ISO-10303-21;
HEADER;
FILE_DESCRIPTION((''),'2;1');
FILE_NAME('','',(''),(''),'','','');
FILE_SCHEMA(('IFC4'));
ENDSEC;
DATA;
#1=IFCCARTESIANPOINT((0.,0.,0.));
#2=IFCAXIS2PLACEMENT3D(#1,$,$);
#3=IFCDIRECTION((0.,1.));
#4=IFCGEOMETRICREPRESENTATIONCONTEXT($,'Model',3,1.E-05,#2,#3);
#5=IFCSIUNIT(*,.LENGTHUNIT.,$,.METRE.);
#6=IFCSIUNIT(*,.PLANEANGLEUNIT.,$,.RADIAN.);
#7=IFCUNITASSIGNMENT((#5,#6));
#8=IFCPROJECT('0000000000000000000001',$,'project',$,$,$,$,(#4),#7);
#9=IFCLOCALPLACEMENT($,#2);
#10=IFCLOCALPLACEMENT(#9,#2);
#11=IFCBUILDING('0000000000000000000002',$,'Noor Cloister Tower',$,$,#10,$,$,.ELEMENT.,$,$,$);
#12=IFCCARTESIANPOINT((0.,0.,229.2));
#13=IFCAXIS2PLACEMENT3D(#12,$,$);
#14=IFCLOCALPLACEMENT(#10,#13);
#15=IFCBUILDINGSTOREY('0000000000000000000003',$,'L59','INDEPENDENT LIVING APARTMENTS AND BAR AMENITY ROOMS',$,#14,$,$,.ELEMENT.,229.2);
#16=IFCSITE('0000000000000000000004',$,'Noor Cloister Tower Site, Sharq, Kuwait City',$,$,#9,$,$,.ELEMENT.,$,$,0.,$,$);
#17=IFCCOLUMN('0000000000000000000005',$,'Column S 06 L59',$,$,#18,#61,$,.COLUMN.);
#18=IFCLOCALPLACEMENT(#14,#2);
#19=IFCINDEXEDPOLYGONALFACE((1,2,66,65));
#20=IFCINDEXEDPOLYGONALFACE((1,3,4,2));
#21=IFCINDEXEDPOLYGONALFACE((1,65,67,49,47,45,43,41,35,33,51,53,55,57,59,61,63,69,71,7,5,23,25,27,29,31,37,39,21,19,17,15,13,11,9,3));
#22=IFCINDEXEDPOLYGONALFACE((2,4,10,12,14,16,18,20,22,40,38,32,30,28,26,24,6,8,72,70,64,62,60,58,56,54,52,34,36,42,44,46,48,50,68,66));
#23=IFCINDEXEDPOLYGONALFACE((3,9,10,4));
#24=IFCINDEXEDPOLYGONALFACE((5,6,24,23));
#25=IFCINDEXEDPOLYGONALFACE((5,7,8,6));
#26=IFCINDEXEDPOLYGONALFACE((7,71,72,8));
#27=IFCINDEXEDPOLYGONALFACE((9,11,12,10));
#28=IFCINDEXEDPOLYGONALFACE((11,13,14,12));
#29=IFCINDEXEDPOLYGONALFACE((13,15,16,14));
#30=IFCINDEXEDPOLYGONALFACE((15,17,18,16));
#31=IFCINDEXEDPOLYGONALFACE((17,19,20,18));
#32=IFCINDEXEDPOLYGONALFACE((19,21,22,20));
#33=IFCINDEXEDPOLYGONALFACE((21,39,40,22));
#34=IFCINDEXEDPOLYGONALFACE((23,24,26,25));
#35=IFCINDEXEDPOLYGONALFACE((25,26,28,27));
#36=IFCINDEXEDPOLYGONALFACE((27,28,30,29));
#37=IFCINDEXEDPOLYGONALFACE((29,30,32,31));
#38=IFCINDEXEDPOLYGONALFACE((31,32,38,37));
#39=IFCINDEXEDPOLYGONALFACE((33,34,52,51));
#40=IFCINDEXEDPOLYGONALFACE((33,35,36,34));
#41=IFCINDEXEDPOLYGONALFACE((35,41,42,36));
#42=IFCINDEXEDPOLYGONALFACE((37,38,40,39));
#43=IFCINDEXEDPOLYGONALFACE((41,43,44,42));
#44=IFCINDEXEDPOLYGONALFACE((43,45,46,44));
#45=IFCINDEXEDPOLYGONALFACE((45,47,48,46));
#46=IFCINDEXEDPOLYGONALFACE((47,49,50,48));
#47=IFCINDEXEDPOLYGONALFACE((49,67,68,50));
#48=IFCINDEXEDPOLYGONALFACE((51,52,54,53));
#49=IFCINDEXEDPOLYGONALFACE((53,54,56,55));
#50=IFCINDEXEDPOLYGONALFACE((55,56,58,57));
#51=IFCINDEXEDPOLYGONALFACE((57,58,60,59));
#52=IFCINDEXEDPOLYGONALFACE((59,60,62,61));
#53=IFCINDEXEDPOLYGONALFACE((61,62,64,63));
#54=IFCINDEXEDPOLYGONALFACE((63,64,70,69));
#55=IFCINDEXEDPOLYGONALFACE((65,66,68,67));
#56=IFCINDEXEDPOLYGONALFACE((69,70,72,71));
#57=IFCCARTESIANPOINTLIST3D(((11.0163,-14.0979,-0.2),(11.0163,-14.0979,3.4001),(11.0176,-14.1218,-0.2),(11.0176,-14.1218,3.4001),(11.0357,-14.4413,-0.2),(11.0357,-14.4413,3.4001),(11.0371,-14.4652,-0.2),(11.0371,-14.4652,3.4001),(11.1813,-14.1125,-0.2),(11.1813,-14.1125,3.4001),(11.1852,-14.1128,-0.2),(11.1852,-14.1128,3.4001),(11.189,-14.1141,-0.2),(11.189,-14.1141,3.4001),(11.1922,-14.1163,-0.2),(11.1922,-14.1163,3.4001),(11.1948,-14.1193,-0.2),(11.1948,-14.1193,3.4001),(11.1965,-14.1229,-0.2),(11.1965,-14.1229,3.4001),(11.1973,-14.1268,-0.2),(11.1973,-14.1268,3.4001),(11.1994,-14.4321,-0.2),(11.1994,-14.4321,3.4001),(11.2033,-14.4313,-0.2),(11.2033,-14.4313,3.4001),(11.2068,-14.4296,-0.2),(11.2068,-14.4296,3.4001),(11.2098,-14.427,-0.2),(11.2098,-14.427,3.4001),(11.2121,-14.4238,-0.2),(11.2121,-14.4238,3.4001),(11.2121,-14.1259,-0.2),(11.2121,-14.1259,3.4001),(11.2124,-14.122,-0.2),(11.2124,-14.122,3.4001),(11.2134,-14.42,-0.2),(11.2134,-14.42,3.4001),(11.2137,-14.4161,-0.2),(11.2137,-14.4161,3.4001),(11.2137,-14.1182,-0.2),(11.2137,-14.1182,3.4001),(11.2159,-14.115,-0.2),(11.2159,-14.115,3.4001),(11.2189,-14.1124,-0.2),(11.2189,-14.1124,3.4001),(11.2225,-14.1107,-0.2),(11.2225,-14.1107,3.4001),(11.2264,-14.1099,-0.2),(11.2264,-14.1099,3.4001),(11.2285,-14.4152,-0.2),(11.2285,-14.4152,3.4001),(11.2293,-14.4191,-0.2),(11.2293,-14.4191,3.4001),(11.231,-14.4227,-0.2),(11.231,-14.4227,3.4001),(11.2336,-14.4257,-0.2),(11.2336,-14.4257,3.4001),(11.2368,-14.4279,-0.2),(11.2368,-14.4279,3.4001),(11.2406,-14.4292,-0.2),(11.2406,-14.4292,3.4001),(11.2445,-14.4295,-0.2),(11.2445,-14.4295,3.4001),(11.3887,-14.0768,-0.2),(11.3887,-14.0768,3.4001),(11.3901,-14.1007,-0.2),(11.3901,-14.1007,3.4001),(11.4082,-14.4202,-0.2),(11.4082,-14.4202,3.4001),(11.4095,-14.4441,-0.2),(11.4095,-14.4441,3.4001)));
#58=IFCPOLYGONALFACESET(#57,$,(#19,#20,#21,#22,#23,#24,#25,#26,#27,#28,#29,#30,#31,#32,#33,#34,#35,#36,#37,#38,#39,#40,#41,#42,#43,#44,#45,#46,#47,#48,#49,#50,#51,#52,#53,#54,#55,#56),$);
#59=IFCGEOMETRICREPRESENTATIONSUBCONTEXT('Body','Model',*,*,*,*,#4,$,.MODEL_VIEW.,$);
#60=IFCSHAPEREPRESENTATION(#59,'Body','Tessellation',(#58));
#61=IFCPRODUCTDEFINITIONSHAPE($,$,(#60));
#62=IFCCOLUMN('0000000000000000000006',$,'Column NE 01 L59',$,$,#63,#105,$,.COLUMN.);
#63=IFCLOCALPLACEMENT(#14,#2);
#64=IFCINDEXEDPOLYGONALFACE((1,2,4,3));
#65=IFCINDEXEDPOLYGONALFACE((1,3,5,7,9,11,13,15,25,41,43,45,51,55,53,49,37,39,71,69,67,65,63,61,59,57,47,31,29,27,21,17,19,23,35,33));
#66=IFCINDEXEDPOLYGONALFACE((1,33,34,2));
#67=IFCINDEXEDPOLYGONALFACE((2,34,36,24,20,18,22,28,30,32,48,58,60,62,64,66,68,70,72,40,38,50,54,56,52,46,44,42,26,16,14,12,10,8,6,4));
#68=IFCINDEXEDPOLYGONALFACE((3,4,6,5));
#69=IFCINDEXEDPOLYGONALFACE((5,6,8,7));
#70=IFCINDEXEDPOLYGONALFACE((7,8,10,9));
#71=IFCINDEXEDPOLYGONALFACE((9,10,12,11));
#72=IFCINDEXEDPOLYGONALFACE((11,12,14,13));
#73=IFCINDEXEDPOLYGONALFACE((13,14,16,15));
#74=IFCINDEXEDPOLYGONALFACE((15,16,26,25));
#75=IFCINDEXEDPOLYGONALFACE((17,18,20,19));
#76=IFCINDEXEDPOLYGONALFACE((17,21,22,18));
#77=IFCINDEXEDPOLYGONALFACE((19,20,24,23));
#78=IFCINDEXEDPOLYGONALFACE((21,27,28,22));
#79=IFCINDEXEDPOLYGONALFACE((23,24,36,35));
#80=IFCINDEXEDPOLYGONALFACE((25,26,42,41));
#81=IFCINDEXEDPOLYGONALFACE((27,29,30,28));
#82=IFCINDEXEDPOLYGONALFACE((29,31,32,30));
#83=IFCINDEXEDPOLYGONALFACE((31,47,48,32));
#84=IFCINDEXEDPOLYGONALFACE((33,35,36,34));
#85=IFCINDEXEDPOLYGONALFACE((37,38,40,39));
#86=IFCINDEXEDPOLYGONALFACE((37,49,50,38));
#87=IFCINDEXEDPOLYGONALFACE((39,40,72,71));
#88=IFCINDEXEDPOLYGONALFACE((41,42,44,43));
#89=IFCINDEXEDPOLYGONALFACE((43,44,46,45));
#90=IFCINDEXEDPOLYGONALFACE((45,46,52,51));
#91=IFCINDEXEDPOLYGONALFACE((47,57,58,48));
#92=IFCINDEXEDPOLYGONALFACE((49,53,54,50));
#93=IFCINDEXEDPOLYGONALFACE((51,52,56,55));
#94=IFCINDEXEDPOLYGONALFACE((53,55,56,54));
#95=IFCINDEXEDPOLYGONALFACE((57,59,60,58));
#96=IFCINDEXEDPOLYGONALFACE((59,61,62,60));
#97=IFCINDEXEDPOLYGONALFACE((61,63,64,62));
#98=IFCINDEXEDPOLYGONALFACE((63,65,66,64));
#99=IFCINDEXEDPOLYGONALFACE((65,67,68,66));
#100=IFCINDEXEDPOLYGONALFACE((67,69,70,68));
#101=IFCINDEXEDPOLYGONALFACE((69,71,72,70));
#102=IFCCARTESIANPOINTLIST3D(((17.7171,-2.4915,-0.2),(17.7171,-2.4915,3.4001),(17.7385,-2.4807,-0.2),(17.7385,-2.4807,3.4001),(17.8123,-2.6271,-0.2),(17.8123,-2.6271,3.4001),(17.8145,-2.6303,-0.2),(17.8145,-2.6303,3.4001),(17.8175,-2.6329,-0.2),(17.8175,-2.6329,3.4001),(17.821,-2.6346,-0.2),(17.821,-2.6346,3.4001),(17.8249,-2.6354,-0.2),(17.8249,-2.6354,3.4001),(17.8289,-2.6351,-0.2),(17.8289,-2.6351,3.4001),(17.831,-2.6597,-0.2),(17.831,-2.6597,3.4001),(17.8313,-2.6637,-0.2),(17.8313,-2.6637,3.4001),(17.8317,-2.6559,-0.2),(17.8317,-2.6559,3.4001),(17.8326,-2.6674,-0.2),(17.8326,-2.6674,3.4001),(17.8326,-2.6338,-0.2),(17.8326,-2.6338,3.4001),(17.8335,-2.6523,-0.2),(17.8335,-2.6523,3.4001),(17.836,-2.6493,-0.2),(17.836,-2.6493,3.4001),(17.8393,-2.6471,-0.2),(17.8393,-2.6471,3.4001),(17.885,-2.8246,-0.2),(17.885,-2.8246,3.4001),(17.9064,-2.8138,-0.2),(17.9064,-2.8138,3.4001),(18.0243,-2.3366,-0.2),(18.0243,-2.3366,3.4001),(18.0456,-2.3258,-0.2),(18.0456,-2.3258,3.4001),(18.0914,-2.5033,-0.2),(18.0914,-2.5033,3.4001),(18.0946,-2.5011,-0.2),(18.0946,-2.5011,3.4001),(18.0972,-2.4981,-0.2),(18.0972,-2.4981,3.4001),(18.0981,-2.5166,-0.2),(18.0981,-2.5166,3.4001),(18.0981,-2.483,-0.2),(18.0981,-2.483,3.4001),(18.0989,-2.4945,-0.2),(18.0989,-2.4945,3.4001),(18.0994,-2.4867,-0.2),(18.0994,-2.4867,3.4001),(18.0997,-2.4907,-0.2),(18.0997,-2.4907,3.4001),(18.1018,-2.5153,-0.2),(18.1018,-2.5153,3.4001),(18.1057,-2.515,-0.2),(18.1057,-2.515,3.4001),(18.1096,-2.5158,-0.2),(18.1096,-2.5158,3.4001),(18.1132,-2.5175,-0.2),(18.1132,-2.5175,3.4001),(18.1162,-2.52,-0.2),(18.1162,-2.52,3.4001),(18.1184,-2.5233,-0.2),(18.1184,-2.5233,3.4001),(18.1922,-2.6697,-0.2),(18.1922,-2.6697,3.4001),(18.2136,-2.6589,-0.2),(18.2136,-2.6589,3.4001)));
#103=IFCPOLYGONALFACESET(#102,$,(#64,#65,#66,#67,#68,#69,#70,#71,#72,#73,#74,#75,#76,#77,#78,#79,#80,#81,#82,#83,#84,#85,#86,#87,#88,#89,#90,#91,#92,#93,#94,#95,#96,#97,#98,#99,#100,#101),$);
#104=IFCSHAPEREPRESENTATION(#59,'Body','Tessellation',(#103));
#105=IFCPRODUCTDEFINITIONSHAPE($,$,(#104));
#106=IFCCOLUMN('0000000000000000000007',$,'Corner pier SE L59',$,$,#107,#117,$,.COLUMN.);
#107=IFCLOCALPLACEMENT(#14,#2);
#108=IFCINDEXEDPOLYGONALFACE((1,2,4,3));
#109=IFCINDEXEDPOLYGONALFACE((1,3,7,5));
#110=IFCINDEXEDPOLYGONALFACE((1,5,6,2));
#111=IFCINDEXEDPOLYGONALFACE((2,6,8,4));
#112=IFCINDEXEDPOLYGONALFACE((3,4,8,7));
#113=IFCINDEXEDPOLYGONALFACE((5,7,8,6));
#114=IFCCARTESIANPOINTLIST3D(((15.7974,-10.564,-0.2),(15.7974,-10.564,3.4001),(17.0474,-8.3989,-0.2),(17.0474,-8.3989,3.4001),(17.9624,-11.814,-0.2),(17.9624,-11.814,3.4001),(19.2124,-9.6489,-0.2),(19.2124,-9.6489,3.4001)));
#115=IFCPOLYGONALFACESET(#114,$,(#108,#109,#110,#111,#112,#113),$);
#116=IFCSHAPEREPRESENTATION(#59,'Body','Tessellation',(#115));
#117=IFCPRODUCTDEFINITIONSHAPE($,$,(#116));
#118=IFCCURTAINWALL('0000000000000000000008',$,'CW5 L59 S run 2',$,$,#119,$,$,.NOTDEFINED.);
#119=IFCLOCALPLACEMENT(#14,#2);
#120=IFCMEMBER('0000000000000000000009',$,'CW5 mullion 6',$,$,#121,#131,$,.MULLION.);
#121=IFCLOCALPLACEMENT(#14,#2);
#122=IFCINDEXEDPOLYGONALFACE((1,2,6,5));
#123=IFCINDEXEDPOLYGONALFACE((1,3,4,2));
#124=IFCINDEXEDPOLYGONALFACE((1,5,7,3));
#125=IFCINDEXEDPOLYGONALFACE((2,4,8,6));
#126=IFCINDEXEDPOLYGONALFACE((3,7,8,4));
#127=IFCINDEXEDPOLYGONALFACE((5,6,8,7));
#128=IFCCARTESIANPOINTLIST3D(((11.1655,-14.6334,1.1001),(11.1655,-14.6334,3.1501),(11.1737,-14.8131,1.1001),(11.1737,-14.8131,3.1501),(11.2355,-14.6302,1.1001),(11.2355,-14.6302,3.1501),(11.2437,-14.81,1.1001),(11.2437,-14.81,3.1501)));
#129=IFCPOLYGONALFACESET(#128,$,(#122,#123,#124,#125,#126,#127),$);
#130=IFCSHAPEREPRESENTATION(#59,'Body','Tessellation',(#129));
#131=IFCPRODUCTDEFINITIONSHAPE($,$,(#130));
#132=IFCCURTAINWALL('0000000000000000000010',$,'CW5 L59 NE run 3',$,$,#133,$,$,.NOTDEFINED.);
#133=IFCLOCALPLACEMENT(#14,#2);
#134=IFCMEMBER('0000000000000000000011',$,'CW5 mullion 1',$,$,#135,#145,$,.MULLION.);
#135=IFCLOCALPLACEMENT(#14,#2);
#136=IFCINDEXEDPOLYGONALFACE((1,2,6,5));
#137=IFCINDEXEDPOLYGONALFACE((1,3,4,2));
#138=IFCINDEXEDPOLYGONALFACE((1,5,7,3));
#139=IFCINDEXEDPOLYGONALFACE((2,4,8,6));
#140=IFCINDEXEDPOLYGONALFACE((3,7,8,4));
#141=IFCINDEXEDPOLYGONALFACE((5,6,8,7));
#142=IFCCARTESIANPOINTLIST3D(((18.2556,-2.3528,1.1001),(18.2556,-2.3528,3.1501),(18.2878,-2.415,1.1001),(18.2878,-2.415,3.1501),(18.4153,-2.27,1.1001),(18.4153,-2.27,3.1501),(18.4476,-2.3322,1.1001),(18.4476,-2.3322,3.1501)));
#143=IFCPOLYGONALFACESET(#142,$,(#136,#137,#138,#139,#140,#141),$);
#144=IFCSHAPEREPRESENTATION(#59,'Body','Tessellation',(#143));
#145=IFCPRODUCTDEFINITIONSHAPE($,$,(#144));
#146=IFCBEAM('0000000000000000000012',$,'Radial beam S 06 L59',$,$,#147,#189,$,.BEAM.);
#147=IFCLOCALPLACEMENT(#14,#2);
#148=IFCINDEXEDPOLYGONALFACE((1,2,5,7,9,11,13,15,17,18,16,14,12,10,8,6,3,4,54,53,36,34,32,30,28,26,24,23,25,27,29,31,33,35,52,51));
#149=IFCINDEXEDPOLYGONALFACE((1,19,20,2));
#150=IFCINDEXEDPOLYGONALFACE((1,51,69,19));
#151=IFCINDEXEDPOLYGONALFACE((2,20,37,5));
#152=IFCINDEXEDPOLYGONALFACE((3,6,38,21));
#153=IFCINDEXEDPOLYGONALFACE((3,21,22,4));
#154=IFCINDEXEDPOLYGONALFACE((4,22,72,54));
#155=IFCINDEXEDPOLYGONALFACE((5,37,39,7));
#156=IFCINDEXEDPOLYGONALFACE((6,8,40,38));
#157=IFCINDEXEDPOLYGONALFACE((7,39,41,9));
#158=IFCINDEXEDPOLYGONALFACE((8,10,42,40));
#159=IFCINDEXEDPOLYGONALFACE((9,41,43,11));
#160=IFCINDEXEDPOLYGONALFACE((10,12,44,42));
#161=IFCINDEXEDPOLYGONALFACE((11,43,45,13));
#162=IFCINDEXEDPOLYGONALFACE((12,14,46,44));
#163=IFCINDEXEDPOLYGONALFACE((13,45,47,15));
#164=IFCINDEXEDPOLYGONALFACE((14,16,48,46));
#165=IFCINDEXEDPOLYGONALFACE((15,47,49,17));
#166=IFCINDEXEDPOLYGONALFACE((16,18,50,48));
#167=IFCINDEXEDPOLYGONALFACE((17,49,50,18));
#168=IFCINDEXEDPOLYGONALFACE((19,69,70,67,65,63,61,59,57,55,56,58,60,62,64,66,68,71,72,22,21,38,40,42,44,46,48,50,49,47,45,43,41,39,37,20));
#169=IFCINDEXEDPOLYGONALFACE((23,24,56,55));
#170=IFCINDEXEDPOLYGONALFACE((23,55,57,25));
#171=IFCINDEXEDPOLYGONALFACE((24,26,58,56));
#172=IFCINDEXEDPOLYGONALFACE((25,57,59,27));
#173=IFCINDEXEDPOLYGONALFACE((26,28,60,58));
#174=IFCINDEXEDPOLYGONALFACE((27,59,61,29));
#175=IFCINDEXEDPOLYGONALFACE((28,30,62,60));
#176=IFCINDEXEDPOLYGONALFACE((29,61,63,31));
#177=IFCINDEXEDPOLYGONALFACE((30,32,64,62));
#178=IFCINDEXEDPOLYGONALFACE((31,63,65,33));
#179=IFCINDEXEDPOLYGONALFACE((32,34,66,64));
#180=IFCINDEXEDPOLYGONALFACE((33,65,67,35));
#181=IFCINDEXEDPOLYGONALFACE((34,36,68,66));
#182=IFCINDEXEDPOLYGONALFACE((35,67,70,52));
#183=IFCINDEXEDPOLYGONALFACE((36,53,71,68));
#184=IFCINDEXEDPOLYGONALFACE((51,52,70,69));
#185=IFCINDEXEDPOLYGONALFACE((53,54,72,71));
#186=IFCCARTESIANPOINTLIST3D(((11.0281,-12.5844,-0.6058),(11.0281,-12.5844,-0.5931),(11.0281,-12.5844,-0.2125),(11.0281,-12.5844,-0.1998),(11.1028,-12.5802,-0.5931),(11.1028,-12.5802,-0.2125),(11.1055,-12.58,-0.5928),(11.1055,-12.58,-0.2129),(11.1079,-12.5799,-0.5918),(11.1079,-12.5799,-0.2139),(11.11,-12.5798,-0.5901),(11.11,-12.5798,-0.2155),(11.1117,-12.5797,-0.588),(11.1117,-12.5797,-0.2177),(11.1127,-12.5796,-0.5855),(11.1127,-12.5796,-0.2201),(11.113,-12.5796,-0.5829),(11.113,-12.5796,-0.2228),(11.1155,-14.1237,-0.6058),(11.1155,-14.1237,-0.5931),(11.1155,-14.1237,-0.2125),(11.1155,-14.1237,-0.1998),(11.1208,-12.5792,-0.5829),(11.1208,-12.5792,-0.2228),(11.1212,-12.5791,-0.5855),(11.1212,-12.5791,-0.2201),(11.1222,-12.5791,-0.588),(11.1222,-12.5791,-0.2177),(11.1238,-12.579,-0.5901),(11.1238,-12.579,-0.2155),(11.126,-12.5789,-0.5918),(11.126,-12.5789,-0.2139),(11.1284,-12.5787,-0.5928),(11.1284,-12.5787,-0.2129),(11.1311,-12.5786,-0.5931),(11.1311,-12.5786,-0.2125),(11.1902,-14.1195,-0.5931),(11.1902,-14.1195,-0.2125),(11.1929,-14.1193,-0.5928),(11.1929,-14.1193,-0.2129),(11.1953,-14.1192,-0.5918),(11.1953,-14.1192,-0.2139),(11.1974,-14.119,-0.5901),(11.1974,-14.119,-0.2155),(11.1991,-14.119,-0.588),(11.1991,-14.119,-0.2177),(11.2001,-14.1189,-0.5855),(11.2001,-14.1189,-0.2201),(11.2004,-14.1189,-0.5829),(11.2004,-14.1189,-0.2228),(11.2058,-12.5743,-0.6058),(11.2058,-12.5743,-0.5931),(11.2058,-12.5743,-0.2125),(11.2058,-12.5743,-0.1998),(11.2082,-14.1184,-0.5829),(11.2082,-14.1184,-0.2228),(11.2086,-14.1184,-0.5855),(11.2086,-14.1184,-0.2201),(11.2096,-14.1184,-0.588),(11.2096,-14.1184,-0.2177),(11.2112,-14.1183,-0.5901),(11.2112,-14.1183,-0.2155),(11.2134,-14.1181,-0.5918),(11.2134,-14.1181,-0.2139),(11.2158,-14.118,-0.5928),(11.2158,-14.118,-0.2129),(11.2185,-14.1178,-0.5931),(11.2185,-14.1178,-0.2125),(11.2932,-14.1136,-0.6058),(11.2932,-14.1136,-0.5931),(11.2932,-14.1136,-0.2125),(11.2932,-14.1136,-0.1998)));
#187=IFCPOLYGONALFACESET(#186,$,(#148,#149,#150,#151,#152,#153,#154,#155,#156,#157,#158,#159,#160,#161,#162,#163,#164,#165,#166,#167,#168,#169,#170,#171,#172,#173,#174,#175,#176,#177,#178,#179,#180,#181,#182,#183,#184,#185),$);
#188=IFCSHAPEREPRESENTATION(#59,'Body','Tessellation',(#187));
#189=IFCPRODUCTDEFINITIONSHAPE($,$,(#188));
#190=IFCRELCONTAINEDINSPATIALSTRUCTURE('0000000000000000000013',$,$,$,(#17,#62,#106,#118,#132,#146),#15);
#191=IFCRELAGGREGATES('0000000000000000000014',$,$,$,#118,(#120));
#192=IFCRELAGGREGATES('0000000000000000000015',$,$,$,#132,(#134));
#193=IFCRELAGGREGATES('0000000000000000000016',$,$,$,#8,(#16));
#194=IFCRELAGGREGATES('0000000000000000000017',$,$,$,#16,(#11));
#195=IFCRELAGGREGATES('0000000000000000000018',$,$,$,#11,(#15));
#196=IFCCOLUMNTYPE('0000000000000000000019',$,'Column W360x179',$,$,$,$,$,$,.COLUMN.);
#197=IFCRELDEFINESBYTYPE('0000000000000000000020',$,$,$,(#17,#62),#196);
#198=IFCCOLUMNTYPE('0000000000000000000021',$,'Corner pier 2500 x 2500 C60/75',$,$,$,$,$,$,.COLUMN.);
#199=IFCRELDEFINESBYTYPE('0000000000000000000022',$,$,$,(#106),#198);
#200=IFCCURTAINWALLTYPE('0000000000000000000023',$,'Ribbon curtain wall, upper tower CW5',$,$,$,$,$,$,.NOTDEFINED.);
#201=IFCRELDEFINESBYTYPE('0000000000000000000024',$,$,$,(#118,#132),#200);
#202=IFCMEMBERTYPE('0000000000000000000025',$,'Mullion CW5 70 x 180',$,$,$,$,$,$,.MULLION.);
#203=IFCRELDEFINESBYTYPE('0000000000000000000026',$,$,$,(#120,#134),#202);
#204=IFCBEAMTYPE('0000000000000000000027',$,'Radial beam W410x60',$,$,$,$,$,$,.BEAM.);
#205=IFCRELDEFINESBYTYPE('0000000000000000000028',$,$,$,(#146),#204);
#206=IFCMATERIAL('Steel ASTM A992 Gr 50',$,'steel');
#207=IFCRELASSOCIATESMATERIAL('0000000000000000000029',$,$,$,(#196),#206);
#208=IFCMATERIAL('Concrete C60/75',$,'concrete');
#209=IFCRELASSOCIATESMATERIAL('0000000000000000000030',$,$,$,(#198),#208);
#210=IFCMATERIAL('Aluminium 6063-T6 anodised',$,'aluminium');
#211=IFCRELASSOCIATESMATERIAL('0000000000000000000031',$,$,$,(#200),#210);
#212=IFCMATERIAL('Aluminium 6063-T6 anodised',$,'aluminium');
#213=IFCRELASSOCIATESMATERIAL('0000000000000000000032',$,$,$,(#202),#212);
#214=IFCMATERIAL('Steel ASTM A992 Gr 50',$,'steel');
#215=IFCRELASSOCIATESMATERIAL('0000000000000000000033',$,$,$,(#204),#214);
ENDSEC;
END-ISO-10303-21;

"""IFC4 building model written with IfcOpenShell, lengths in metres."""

from ifc_helpers import new_model, si_unit, direction, frame, origin, origin_2d, place, context, subcontext, project, spatial, rectangle, i_section, extrude, material, material_profile, profile_set, type_object, element, aggregate, save


model = new_model("IFC4")

# Units and contexts
model_context = context("Model", 3, precision=1e-05, world=origin(), true_north=direction((0.0, 1.0)))
body_context = subcontext(model_context, "Body", "Model", "MODEL_VIEW")
ifc_project = project(units=[si_unit("LENGTHUNIT", "METRE"), si_unit("PLANEANGLEUNIT", "RADIAN")], contexts=[model_context])

# Site, building, storey
site_placement = place(None, origin())
site = spatial("IfcSite", under=ifc_project, at=site_placement, Name="Noor Cloister Tower Site, Sharq, Kuwait City", CompositionType="ELEMENT", RefElevation=0.0)
building_placement = place(site_placement, origin())
building = spatial("IfcBuilding", under=site, at=building_placement, Name="Noor Cloister Tower", CompositionType="ELEMENT")
storey_placement = place(building_placement, frame((0.0, 0.0, 229.2)))
storey = spatial("IfcBuildingStorey", under=building, at=storey_placement, Name="L59", Description="INDEPENDENT LIVING APARTMENTS AND BAR AMENITY ROOMS", CompositionType="ELEMENT", Elevation=229.2)

# Columns
ifc_material_1 = material(Name="Steel ASTM A992 Gr 50", Category="steel")
ifc_material_profile_1 = material_profile(ifc_material_1, i_section(OverallWidth=0.373, OverallDepth=0.3679, WebThickness=0.0149, FlangeThickness=0.0239, FilletRadius=0.0151, at=origin_2d()), Name="W360x179")
ifc_profile_set_1 = profile_set([ifc_material_profile_1], Name="Steel ASTM A992 Gr 50")
column_type_1 = type_object("IfcColumnType", Name="Column W360x179", PredefinedType="COLUMN", material=ifc_profile_set_1)
for number, where, z_axis, x_axis, name in (
    (1, (11.2129, -14.271, -0.2), (0.0, 0.0, 1.0), (0.998397, 0.056596, 0.0), "Column S 06 L59"),
    (2, (17.9653, -2.5752, -0.2), (0.0, 0.0, 1.0), (-0.450185, 0.892935, 0.0), "Column NE 01 L59"),
):
    element("IfcColumn", number, at=place(storey_placement, frame(where, z_axis=z_axis, x_axis=x_axis)), inside=storey, type_object=column_type_1, Name=name, PredefinedType="COLUMN", context=body_context, shape_type="SweptSolid", body=[
        extrude(i_section(OverallWidth=0.373, OverallDepth=0.3679, WebThickness=0.0149, FlangeThickness=0.0239, FilletRadius=0.0151, at=origin_2d()), origin(), (0.0, 0.0, 1.0), 3.6001),
    ])
ifc_material_2 = material(Name="Concrete C60/75", Category="concrete")
ifc_material_profile_2 = material_profile(ifc_material_2, rectangle(XDim=2.5, YDim=2.5, at=origin_2d()), Name="RC 2500x2500")
ifc_profile_set_2 = profile_set([ifc_material_profile_2], Name="Concrete C60/75")
column_type_2 = type_object("IfcColumnType", Name="Corner pier 2500 x 2500 C60/75", PredefinedType="COLUMN", material=ifc_profile_set_2)
column_placement = place(storey_placement, frame((17.5049, -10.1064, -0.2), z_axis=(0.0, 0.0, 1.0), x_axis=(0.866025, -0.5, 0.0)))
element("IfcColumn", 3, at=column_placement, inside=storey, type_object=column_type_2, Name="Corner pier SE L59", PredefinedType="COLUMN", context=body_context, shape_type="SweptSolid", body=[
    extrude(rectangle(XDim=2.5, YDim=2.5, at=origin_2d()), origin(), (0.0, 0.0, 1.0), 3.6001),
])

# Curtain walls, members
ifc_material_3 = material(Name="Aluminium 6063-T6 anodised", Category="aluminium")
curtain_wall_type = type_object("IfcCurtainWallType", Name="Ribbon curtain wall, upper tower CW5", PredefinedType="NOTDEFINED", material=ifc_material_3)
curtain_wall_1_placement = place(storey_placement, origin())
curtain_wall_1 = element("IfcCurtainWall", 4, at=curtain_wall_1_placement, inside=storey, type_object=curtain_wall_type, Name="CW5 L59 S run 2", PredefinedType="NOTDEFINED")
ifc_material_4 = material(Name="Aluminium 6063-T6 anodised", Category="aluminium")
ifc_material_profile_3 = material_profile(ifc_material_4, rectangle(XDim=0.1799, YDim=0.0701, at=origin_2d()), Name="180 x 70 mullion")
ifc_profile_set_3 = profile_set([ifc_material_profile_3], Name="Aluminium 6063-T6 anodised")
member_type = type_object("IfcMemberType", Name="Mullion CW5 70 x 180", PredefinedType="MULLION", material=ifc_profile_set_3)
member_1_placement = place(storey_placement, frame((11.2046, -14.7217, 1.1001), z_axis=(0.0, 0.0, 1.0), x_axis=(-0.045286, 0.998974, 0.0)))
member_1 = element("IfcMember", 5, at=member_1_placement, type_object=member_type, Name="CW5 mullion 6", PredefinedType="MULLION", context=body_context, shape_type="SweptSolid", body=[
    extrude(rectangle(XDim=0.1799, YDim=0.0701, at=origin_2d()), origin(), (0.0, 0.0, 1.0), 2.05),
])
curtain_wall_2_placement = place(storey_placement, origin())
curtain_wall_2 = element("IfcCurtainWall", 6, at=curtain_wall_2_placement, inside=storey, type_object=curtain_wall_type, Name="CW5 L59 NE run 3", PredefinedType="NOTDEFINED")
member_2_placement = place(storey_placement, frame((18.3516, -2.3425, 1.1001), z_axis=(0.0, 0.0, 1.0), x_axis=(-0.88778, -0.460269, 0.0)))
member_2 = element("IfcMember", 7, at=member_2_placement, type_object=member_type, Name="CW5 mullion 1", PredefinedType="MULLION", context=body_context, shape_type="SweptSolid", body=[
    extrude(rectangle(XDim=0.1799, YDim=0.0701, at=origin_2d()), origin(), (0.0, 0.0, 1.0), 2.05),
])

# Beam
ifc_material_5 = material(Name="Steel ASTM A992 Gr 50", Category="steel")
ifc_material_profile_4 = material_profile(ifc_material_5, i_section(OverallWidth=0.178, OverallDepth=0.406, WebThickness=0.0078, FlangeThickness=0.0127, FilletRadius=0.0103, at=origin_2d()), Name="W410x60")
ifc_profile_set_4 = profile_set([ifc_material_profile_4], Name="Steel ASTM A992 Gr 50")
beam_type_1 = type_object("IfcBeamType", Name="Radial beam W410x60", PredefinedType="BEAM", material=ifc_profile_set_4)
beam_1_placement = place(storey_placement, frame((11.2043, -14.1187, -0.4028), z_axis=(-0.056689, 0.998392, 0.0), x_axis=(-0.998392, -0.056689, 0.0)))
element("IfcBeam", 8, at=beam_1_placement, inside=storey, type_object=beam_type_1, Name="Radial beam S 06 L59", PredefinedType="BEAM", context=body_context, shape_type="SweptSolid", body=[
    extrude(i_section(OverallWidth=0.178, OverallDepth=0.406, WebThickness=0.0078, FlangeThickness=0.0127, FilletRadius=0.0103, at=origin_2d()), origin(), (0.0, 0.0, 1.0), 1.5417),
])

aggregate(curtain_wall_1, [member_1])
aggregate(curtain_wall_2, [member_2])

save(model, "model.ifc")
